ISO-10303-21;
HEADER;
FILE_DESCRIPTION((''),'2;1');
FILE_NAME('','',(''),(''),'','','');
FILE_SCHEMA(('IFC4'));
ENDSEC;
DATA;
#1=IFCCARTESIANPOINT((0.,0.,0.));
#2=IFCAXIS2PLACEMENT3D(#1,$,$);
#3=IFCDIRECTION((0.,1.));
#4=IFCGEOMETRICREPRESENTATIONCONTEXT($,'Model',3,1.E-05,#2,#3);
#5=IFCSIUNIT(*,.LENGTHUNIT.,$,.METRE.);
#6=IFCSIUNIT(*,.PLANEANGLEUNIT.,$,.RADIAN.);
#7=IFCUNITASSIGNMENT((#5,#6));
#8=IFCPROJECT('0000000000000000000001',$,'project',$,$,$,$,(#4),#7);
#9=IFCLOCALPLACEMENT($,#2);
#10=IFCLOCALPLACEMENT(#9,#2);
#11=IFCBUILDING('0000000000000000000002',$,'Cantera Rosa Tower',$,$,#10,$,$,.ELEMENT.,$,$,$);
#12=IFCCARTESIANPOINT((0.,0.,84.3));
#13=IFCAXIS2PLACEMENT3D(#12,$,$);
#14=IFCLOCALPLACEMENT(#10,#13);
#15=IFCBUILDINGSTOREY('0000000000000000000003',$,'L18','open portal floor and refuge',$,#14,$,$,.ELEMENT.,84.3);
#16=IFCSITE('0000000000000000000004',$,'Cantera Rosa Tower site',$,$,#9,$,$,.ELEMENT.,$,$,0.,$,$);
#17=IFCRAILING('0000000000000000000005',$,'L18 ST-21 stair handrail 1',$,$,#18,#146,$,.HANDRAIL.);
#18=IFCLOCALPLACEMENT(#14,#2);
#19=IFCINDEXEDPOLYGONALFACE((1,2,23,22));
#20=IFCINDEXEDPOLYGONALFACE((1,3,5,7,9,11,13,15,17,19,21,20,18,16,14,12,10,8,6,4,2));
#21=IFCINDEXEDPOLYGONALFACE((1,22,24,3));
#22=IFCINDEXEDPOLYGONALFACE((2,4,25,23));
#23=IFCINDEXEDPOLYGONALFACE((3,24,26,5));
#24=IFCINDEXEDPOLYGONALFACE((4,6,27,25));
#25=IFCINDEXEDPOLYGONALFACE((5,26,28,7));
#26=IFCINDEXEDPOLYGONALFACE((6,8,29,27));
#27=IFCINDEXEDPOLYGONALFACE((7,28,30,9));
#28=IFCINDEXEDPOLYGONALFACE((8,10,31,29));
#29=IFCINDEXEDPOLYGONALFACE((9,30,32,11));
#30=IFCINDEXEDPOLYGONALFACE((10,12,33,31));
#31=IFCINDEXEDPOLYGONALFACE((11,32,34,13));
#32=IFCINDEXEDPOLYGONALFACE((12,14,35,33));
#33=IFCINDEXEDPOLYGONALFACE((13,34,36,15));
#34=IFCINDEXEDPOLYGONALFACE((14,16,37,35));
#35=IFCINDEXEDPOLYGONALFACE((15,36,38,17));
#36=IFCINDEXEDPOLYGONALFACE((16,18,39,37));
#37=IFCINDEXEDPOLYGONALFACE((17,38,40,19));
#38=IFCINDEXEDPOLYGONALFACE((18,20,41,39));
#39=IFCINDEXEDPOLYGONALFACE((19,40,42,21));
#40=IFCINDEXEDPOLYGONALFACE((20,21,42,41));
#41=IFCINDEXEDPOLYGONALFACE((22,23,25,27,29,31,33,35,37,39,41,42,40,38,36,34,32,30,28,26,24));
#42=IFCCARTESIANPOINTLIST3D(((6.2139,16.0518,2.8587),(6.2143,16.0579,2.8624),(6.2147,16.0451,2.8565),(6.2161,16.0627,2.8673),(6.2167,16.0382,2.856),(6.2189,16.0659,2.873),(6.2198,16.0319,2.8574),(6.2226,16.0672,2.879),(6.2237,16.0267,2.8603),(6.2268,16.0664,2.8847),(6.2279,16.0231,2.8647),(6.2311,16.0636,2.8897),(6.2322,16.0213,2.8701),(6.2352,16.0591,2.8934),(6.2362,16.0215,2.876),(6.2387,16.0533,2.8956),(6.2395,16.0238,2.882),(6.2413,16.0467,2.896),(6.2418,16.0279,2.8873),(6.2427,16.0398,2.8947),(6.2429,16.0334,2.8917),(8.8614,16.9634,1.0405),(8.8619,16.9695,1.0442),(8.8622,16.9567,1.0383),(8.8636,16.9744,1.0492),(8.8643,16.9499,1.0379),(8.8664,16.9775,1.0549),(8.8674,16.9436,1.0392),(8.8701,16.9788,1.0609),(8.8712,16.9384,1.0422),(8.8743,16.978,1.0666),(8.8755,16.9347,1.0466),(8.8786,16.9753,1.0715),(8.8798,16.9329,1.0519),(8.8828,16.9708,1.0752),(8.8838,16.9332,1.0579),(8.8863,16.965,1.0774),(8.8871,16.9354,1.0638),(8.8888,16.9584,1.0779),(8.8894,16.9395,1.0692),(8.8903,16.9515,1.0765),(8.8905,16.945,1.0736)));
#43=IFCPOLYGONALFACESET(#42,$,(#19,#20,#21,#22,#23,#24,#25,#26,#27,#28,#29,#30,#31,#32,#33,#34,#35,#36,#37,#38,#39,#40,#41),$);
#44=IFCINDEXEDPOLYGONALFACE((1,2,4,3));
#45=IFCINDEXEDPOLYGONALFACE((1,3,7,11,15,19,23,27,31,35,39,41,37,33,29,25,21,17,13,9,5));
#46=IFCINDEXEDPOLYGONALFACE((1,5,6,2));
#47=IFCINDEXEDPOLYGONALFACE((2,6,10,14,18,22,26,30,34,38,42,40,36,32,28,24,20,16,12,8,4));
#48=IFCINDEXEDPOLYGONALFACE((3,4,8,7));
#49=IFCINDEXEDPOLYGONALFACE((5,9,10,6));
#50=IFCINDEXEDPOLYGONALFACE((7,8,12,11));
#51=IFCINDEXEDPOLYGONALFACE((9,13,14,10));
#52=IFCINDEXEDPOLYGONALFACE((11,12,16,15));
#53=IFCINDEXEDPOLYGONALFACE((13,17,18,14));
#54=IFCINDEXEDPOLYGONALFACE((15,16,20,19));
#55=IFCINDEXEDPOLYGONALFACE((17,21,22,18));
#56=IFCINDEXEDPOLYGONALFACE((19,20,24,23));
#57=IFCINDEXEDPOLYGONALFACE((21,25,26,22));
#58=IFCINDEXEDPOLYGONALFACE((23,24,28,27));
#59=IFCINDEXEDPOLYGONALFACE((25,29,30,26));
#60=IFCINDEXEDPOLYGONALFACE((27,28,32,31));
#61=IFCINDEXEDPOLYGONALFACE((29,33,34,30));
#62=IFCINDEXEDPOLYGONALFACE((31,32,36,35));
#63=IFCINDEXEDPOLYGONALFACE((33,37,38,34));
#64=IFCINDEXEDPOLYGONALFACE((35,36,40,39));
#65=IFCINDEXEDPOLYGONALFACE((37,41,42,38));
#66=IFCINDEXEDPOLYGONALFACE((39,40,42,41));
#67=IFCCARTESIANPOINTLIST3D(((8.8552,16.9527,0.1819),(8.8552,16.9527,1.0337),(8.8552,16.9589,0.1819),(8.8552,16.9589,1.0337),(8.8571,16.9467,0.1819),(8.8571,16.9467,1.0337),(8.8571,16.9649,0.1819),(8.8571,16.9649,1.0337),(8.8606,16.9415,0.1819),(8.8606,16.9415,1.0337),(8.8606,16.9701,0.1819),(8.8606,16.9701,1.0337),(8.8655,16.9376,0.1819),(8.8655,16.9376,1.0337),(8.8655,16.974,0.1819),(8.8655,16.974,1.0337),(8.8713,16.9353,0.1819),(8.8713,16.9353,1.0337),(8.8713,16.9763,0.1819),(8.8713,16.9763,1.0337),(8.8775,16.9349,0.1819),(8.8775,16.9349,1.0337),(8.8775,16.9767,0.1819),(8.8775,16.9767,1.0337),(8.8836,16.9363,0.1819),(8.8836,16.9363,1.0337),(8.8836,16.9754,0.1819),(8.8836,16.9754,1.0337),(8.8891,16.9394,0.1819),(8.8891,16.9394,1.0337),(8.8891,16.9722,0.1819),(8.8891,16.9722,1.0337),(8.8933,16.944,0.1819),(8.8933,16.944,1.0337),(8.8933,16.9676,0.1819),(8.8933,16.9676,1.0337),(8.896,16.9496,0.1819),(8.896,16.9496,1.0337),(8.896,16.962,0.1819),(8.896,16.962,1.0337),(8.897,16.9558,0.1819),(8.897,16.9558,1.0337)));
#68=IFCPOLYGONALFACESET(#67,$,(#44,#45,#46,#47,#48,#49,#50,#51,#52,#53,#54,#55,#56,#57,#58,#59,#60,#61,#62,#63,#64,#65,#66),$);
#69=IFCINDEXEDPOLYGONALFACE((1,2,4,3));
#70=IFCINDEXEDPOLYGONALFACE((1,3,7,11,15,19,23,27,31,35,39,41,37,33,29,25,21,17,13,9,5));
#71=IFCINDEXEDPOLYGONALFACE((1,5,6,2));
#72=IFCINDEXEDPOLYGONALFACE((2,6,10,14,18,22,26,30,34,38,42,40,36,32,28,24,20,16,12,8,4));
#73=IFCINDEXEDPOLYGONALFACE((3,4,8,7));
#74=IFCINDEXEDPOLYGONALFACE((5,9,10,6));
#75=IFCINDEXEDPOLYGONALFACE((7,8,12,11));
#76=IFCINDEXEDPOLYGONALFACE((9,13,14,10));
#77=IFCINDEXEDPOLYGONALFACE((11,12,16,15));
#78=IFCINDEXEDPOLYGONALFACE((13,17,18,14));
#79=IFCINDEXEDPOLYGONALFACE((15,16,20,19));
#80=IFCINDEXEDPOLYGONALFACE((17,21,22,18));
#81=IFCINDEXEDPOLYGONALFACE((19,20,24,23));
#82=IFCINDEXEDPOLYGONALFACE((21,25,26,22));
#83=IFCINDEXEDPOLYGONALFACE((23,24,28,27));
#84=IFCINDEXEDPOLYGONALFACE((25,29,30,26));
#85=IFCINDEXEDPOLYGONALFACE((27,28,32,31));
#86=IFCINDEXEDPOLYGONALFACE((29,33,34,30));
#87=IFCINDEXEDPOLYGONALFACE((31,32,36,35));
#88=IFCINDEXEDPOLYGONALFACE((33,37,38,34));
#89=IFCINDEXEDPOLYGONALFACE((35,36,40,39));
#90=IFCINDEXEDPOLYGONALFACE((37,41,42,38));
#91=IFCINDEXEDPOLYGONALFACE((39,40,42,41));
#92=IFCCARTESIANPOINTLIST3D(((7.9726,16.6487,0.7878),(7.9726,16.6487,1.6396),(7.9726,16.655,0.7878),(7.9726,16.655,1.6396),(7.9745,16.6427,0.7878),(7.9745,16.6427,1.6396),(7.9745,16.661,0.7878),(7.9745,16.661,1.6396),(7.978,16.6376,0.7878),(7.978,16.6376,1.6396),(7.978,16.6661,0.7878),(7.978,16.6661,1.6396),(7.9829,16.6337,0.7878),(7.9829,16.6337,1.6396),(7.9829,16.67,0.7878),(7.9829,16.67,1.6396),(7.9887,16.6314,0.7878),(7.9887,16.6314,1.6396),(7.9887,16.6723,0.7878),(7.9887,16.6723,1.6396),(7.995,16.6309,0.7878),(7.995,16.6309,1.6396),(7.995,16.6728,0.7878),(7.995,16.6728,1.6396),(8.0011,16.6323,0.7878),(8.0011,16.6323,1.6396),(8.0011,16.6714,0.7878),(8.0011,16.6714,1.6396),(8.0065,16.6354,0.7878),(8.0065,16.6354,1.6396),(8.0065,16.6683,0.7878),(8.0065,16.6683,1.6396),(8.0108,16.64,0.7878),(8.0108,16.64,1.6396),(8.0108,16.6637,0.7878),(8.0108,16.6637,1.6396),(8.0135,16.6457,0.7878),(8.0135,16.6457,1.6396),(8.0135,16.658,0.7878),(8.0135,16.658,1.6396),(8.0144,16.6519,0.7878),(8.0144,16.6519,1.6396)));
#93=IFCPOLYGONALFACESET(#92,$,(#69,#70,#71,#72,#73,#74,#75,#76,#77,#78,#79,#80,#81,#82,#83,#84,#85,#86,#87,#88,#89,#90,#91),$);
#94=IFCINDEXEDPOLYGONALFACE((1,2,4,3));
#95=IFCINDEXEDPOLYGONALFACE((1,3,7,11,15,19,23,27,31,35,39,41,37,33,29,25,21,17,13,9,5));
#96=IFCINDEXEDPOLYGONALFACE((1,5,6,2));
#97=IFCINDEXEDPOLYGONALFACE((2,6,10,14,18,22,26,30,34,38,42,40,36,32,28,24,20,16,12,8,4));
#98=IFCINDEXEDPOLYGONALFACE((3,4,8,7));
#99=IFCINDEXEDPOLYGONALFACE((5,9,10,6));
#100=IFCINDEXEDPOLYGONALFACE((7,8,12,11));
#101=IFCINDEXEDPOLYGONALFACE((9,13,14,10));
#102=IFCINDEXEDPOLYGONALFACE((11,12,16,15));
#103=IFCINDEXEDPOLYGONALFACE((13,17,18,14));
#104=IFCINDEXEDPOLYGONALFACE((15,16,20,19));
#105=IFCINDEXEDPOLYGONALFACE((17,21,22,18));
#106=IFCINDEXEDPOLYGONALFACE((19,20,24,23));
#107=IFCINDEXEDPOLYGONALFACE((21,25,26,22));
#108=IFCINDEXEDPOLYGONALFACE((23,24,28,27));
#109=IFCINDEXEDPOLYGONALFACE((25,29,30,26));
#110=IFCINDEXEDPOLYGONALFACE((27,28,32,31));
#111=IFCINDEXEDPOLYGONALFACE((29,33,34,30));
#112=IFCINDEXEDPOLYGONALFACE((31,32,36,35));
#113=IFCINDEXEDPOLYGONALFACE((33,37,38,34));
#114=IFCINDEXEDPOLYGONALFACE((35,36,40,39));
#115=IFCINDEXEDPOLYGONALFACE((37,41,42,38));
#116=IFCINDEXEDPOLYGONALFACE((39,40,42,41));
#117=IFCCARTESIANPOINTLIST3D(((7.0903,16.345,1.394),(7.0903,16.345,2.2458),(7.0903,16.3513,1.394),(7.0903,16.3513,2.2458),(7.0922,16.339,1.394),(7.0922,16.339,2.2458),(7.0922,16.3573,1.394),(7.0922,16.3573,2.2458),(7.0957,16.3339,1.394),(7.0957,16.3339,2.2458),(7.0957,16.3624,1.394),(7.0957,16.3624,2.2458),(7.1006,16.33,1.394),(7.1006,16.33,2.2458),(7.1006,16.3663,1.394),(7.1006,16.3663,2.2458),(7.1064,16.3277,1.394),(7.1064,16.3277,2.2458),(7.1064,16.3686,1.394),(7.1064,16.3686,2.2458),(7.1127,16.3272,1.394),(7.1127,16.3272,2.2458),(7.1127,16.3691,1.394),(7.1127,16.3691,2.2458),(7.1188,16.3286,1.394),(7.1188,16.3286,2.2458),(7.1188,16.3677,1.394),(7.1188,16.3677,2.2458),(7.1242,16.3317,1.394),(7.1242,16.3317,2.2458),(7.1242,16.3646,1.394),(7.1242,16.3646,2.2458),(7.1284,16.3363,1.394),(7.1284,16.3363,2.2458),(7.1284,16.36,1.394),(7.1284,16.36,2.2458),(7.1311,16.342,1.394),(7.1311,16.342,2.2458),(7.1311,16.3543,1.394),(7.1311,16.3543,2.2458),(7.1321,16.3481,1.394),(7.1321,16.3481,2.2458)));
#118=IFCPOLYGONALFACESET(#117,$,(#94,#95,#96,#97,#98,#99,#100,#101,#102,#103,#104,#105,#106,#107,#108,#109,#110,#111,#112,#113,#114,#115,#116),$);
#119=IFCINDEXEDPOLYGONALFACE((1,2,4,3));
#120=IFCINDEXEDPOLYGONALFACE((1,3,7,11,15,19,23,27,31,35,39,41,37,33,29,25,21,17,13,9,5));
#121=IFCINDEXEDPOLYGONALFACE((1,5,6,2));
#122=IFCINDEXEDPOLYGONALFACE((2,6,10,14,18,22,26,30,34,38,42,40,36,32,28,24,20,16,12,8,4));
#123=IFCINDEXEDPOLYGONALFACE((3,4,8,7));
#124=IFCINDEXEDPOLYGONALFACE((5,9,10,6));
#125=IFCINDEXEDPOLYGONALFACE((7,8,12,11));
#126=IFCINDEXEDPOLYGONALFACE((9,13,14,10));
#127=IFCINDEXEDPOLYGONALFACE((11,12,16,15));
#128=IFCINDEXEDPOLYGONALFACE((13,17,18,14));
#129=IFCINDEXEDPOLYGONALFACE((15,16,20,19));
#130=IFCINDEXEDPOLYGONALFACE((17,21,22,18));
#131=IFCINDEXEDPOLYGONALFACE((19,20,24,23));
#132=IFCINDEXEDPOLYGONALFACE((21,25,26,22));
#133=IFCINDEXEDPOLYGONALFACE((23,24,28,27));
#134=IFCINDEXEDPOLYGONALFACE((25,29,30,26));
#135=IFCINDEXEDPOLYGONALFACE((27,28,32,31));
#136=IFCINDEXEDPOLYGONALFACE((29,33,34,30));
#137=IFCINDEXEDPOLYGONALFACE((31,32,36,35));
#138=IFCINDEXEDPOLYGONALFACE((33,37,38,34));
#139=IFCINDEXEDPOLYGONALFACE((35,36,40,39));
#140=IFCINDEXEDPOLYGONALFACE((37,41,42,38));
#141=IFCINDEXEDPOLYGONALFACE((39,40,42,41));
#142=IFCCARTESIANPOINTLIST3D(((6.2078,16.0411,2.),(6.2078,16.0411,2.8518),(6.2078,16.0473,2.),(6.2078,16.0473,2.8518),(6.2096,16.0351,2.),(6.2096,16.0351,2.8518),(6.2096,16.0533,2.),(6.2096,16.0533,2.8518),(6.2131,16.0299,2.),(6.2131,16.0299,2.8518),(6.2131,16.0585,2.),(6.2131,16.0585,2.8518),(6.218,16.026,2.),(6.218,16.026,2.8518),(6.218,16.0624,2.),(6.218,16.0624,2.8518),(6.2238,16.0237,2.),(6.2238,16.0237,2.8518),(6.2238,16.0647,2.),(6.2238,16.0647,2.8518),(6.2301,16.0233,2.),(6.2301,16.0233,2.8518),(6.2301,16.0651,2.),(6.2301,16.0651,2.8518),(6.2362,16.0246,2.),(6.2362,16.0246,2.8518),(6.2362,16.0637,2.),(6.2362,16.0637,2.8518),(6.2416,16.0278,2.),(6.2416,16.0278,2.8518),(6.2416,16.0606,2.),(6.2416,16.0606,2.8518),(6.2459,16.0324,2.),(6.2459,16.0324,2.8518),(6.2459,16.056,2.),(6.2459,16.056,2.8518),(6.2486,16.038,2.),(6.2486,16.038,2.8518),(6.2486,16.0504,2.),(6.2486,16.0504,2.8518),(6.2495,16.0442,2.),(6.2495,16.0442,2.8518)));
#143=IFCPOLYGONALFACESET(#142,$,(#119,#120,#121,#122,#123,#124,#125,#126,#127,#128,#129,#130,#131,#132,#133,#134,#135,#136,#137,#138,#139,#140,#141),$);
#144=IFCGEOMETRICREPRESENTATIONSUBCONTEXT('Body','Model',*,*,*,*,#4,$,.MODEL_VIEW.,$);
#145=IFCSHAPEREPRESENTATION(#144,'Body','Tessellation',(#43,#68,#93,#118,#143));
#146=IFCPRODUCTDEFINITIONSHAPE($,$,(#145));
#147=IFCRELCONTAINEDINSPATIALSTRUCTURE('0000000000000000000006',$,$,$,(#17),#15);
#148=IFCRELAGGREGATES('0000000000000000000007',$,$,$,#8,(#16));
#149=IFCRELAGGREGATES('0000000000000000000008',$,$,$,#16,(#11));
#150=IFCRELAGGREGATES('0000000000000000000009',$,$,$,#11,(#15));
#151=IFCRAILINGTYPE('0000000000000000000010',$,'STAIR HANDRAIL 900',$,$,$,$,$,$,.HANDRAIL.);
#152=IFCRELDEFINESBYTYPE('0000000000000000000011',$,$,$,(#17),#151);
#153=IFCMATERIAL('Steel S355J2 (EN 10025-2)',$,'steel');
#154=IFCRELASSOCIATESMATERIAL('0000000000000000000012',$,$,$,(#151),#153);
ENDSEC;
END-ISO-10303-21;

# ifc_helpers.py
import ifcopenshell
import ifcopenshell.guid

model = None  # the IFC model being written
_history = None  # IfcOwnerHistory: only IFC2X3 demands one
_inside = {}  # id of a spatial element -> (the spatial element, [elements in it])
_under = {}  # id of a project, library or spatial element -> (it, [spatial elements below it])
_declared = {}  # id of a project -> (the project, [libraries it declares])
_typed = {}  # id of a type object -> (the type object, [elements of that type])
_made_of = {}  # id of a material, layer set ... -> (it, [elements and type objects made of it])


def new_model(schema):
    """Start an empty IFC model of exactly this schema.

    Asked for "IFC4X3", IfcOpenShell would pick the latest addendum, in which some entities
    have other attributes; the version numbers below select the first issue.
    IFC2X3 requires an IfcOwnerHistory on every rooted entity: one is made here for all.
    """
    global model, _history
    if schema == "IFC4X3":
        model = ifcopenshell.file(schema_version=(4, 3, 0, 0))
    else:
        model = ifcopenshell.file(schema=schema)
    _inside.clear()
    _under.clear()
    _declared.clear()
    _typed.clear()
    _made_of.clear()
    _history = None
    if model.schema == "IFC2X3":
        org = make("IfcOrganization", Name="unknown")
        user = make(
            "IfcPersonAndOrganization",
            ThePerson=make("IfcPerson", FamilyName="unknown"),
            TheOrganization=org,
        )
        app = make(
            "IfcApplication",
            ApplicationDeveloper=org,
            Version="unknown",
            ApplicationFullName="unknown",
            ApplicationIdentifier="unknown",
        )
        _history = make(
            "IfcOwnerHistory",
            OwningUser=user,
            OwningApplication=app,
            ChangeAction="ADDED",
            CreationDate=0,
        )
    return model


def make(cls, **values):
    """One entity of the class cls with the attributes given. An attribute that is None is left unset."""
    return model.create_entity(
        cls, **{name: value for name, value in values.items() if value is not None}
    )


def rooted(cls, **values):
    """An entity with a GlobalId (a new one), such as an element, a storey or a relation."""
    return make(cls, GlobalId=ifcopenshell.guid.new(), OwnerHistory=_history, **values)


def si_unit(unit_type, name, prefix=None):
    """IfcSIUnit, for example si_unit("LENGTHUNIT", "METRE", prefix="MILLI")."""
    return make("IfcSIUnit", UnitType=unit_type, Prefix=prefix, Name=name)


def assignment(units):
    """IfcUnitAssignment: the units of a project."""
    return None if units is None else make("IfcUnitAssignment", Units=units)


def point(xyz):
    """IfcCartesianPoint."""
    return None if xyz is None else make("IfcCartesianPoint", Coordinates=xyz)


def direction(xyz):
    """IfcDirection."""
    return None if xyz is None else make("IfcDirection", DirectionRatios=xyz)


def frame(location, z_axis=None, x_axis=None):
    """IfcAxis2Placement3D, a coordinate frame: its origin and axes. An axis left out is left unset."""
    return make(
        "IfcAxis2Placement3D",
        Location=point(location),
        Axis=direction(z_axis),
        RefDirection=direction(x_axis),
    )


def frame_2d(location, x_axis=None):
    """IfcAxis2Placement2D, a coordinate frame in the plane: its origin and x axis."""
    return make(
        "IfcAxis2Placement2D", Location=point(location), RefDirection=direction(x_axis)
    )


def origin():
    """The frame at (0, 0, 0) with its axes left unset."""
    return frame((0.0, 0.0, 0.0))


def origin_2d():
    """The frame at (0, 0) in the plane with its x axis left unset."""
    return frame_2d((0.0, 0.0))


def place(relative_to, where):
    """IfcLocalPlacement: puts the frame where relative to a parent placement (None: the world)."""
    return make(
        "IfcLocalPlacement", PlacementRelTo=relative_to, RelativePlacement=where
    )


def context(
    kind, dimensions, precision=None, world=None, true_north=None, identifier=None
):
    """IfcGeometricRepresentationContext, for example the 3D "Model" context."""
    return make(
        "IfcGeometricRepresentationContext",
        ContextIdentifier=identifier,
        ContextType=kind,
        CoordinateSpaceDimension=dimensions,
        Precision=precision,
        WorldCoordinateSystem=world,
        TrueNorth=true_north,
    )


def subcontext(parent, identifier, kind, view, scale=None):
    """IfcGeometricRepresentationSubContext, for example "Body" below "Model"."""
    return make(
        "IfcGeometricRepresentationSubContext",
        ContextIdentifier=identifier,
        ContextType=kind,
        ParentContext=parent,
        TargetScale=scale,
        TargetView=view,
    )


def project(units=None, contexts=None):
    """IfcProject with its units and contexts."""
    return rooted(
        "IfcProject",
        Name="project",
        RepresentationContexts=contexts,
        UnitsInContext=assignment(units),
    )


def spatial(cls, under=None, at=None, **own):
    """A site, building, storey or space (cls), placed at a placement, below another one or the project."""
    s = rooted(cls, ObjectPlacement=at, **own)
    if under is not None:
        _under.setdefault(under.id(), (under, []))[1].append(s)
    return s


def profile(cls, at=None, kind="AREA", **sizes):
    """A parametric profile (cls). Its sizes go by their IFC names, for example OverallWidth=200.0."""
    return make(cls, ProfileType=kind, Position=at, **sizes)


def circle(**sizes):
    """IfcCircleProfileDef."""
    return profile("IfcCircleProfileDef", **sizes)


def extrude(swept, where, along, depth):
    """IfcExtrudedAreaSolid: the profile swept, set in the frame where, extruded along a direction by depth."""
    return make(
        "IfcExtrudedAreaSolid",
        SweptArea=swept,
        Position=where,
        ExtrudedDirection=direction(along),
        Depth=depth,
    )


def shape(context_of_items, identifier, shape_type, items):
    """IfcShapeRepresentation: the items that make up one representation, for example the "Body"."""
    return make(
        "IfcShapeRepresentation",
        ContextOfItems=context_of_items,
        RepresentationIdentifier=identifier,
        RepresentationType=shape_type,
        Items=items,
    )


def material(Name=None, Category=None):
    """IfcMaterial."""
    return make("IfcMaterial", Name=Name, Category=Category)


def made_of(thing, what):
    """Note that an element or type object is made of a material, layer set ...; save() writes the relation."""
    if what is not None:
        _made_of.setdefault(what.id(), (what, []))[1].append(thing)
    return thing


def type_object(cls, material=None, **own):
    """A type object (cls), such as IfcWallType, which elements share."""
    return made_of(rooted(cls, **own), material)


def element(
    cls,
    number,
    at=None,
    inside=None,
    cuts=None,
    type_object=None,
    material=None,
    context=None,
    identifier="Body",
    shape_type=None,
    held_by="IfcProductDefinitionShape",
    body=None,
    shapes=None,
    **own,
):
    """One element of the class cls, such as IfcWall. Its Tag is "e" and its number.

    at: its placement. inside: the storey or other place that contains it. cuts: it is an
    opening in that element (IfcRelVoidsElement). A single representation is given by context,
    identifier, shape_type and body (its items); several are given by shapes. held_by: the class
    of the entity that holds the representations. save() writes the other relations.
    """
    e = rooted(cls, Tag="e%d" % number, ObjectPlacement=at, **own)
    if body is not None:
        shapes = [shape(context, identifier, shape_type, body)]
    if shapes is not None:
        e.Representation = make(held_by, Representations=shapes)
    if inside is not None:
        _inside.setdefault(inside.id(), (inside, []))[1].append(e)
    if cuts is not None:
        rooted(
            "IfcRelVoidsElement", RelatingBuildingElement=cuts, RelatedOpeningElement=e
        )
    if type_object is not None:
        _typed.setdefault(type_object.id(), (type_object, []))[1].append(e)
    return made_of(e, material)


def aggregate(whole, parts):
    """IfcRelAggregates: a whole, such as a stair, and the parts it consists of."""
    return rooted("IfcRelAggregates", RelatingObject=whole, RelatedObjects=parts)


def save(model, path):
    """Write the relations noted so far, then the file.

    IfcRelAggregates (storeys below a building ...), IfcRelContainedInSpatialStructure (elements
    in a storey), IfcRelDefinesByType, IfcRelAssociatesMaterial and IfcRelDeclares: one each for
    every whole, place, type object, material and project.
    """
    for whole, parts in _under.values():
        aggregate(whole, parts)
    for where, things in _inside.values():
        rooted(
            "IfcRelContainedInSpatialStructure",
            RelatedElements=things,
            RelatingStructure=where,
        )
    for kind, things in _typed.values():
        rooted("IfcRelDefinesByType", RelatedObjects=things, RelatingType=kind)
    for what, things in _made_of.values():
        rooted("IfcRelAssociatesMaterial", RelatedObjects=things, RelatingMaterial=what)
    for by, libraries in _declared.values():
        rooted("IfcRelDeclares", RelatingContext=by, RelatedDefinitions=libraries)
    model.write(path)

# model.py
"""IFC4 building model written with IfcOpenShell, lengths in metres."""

from ifc_helpers import new_model, si_unit, direction, frame, origin, origin_2d, place, context, subcontext, project, spatial, circle, extrude, material, type_object, element, save


model = new_model("IFC4")

# Units and contexts
model_context = context("Model", 3, precision=1e-05, world=origin(), true_north=direction((0.0, 1.0)))
body_context = subcontext(model_context, "Body", "Model", "MODEL_VIEW")
ifc_project = project(units=[si_unit("LENGTHUNIT", "METRE"), si_unit("PLANEANGLEUNIT", "RADIAN")], contexts=[model_context])

# Site, building, storey
site_placement = place(None, origin())
site = spatial("IfcSite", under=ifc_project, at=site_placement, Name="Cantera Rosa Tower site", CompositionType="ELEMENT", RefElevation=0.0)
building_placement = place(site_placement, origin())
building = spatial("IfcBuilding", under=site, at=building_placement, Name="Cantera Rosa Tower", CompositionType="ELEMENT")
storey_placement = place(building_placement, frame((0.0, 0.0, 84.3)))
storey = spatial("IfcBuildingStorey", under=building, at=storey_placement, Name="L18", Description="open portal floor and refuge", CompositionType="ELEMENT", Elevation=84.3)

# Railing
ifc_material_1 = material(Name="Steel S355J2 (EN 10025-2)", Category="steel")
railing_type_1 = type_object("IfcRailingType", Name="STAIR HANDRAIL 900", PredefinedType="HANDRAIL", material=ifc_material_1)
railing_1_placement = place(storey_placement, frame((8.876, 16.9558, 0.1819)))
element("IfcRailing", 1, at=railing_1_placement, inside=storey, type_object=railing_type_1, Name="L18 ST-21 stair handrail 1", PredefinedType="HANDRAIL", context=body_context, shape_type="SweptSolid", body=[
    extrude(circle(Radius=0.0239, at=origin_2d()), frame((0.0, 0.0, 0.876), z_axis=(-0.793007, -0.273062, 0.544589), x_axis=(0.325577, -0.945516, 0.0)), (0.0, 0.0, 1.0), 3.3386),
    extrude(circle(Radius=0.021, at=origin_2d()), origin(), (0.0, 0.0, 1.0), 0.8518),
    extrude(circle(Radius=0.021, at=origin_2d()), frame((-0.8826, -0.304, 0.606)), (0.0, 0.0, 1.0), 0.8518),
    extrude(circle(Radius=0.021, at=origin_2d()), frame((-1.7649, -0.6077, 1.2122)), (0.0, 0.0, 1.0), 0.8518),
    extrude(circle(Radius=0.021, at=origin_2d()), frame((-2.6475, -0.9116, 1.8181)), (0.0, 0.0, 1.0), 0.8518),
])

save(model, "model.ifc")
